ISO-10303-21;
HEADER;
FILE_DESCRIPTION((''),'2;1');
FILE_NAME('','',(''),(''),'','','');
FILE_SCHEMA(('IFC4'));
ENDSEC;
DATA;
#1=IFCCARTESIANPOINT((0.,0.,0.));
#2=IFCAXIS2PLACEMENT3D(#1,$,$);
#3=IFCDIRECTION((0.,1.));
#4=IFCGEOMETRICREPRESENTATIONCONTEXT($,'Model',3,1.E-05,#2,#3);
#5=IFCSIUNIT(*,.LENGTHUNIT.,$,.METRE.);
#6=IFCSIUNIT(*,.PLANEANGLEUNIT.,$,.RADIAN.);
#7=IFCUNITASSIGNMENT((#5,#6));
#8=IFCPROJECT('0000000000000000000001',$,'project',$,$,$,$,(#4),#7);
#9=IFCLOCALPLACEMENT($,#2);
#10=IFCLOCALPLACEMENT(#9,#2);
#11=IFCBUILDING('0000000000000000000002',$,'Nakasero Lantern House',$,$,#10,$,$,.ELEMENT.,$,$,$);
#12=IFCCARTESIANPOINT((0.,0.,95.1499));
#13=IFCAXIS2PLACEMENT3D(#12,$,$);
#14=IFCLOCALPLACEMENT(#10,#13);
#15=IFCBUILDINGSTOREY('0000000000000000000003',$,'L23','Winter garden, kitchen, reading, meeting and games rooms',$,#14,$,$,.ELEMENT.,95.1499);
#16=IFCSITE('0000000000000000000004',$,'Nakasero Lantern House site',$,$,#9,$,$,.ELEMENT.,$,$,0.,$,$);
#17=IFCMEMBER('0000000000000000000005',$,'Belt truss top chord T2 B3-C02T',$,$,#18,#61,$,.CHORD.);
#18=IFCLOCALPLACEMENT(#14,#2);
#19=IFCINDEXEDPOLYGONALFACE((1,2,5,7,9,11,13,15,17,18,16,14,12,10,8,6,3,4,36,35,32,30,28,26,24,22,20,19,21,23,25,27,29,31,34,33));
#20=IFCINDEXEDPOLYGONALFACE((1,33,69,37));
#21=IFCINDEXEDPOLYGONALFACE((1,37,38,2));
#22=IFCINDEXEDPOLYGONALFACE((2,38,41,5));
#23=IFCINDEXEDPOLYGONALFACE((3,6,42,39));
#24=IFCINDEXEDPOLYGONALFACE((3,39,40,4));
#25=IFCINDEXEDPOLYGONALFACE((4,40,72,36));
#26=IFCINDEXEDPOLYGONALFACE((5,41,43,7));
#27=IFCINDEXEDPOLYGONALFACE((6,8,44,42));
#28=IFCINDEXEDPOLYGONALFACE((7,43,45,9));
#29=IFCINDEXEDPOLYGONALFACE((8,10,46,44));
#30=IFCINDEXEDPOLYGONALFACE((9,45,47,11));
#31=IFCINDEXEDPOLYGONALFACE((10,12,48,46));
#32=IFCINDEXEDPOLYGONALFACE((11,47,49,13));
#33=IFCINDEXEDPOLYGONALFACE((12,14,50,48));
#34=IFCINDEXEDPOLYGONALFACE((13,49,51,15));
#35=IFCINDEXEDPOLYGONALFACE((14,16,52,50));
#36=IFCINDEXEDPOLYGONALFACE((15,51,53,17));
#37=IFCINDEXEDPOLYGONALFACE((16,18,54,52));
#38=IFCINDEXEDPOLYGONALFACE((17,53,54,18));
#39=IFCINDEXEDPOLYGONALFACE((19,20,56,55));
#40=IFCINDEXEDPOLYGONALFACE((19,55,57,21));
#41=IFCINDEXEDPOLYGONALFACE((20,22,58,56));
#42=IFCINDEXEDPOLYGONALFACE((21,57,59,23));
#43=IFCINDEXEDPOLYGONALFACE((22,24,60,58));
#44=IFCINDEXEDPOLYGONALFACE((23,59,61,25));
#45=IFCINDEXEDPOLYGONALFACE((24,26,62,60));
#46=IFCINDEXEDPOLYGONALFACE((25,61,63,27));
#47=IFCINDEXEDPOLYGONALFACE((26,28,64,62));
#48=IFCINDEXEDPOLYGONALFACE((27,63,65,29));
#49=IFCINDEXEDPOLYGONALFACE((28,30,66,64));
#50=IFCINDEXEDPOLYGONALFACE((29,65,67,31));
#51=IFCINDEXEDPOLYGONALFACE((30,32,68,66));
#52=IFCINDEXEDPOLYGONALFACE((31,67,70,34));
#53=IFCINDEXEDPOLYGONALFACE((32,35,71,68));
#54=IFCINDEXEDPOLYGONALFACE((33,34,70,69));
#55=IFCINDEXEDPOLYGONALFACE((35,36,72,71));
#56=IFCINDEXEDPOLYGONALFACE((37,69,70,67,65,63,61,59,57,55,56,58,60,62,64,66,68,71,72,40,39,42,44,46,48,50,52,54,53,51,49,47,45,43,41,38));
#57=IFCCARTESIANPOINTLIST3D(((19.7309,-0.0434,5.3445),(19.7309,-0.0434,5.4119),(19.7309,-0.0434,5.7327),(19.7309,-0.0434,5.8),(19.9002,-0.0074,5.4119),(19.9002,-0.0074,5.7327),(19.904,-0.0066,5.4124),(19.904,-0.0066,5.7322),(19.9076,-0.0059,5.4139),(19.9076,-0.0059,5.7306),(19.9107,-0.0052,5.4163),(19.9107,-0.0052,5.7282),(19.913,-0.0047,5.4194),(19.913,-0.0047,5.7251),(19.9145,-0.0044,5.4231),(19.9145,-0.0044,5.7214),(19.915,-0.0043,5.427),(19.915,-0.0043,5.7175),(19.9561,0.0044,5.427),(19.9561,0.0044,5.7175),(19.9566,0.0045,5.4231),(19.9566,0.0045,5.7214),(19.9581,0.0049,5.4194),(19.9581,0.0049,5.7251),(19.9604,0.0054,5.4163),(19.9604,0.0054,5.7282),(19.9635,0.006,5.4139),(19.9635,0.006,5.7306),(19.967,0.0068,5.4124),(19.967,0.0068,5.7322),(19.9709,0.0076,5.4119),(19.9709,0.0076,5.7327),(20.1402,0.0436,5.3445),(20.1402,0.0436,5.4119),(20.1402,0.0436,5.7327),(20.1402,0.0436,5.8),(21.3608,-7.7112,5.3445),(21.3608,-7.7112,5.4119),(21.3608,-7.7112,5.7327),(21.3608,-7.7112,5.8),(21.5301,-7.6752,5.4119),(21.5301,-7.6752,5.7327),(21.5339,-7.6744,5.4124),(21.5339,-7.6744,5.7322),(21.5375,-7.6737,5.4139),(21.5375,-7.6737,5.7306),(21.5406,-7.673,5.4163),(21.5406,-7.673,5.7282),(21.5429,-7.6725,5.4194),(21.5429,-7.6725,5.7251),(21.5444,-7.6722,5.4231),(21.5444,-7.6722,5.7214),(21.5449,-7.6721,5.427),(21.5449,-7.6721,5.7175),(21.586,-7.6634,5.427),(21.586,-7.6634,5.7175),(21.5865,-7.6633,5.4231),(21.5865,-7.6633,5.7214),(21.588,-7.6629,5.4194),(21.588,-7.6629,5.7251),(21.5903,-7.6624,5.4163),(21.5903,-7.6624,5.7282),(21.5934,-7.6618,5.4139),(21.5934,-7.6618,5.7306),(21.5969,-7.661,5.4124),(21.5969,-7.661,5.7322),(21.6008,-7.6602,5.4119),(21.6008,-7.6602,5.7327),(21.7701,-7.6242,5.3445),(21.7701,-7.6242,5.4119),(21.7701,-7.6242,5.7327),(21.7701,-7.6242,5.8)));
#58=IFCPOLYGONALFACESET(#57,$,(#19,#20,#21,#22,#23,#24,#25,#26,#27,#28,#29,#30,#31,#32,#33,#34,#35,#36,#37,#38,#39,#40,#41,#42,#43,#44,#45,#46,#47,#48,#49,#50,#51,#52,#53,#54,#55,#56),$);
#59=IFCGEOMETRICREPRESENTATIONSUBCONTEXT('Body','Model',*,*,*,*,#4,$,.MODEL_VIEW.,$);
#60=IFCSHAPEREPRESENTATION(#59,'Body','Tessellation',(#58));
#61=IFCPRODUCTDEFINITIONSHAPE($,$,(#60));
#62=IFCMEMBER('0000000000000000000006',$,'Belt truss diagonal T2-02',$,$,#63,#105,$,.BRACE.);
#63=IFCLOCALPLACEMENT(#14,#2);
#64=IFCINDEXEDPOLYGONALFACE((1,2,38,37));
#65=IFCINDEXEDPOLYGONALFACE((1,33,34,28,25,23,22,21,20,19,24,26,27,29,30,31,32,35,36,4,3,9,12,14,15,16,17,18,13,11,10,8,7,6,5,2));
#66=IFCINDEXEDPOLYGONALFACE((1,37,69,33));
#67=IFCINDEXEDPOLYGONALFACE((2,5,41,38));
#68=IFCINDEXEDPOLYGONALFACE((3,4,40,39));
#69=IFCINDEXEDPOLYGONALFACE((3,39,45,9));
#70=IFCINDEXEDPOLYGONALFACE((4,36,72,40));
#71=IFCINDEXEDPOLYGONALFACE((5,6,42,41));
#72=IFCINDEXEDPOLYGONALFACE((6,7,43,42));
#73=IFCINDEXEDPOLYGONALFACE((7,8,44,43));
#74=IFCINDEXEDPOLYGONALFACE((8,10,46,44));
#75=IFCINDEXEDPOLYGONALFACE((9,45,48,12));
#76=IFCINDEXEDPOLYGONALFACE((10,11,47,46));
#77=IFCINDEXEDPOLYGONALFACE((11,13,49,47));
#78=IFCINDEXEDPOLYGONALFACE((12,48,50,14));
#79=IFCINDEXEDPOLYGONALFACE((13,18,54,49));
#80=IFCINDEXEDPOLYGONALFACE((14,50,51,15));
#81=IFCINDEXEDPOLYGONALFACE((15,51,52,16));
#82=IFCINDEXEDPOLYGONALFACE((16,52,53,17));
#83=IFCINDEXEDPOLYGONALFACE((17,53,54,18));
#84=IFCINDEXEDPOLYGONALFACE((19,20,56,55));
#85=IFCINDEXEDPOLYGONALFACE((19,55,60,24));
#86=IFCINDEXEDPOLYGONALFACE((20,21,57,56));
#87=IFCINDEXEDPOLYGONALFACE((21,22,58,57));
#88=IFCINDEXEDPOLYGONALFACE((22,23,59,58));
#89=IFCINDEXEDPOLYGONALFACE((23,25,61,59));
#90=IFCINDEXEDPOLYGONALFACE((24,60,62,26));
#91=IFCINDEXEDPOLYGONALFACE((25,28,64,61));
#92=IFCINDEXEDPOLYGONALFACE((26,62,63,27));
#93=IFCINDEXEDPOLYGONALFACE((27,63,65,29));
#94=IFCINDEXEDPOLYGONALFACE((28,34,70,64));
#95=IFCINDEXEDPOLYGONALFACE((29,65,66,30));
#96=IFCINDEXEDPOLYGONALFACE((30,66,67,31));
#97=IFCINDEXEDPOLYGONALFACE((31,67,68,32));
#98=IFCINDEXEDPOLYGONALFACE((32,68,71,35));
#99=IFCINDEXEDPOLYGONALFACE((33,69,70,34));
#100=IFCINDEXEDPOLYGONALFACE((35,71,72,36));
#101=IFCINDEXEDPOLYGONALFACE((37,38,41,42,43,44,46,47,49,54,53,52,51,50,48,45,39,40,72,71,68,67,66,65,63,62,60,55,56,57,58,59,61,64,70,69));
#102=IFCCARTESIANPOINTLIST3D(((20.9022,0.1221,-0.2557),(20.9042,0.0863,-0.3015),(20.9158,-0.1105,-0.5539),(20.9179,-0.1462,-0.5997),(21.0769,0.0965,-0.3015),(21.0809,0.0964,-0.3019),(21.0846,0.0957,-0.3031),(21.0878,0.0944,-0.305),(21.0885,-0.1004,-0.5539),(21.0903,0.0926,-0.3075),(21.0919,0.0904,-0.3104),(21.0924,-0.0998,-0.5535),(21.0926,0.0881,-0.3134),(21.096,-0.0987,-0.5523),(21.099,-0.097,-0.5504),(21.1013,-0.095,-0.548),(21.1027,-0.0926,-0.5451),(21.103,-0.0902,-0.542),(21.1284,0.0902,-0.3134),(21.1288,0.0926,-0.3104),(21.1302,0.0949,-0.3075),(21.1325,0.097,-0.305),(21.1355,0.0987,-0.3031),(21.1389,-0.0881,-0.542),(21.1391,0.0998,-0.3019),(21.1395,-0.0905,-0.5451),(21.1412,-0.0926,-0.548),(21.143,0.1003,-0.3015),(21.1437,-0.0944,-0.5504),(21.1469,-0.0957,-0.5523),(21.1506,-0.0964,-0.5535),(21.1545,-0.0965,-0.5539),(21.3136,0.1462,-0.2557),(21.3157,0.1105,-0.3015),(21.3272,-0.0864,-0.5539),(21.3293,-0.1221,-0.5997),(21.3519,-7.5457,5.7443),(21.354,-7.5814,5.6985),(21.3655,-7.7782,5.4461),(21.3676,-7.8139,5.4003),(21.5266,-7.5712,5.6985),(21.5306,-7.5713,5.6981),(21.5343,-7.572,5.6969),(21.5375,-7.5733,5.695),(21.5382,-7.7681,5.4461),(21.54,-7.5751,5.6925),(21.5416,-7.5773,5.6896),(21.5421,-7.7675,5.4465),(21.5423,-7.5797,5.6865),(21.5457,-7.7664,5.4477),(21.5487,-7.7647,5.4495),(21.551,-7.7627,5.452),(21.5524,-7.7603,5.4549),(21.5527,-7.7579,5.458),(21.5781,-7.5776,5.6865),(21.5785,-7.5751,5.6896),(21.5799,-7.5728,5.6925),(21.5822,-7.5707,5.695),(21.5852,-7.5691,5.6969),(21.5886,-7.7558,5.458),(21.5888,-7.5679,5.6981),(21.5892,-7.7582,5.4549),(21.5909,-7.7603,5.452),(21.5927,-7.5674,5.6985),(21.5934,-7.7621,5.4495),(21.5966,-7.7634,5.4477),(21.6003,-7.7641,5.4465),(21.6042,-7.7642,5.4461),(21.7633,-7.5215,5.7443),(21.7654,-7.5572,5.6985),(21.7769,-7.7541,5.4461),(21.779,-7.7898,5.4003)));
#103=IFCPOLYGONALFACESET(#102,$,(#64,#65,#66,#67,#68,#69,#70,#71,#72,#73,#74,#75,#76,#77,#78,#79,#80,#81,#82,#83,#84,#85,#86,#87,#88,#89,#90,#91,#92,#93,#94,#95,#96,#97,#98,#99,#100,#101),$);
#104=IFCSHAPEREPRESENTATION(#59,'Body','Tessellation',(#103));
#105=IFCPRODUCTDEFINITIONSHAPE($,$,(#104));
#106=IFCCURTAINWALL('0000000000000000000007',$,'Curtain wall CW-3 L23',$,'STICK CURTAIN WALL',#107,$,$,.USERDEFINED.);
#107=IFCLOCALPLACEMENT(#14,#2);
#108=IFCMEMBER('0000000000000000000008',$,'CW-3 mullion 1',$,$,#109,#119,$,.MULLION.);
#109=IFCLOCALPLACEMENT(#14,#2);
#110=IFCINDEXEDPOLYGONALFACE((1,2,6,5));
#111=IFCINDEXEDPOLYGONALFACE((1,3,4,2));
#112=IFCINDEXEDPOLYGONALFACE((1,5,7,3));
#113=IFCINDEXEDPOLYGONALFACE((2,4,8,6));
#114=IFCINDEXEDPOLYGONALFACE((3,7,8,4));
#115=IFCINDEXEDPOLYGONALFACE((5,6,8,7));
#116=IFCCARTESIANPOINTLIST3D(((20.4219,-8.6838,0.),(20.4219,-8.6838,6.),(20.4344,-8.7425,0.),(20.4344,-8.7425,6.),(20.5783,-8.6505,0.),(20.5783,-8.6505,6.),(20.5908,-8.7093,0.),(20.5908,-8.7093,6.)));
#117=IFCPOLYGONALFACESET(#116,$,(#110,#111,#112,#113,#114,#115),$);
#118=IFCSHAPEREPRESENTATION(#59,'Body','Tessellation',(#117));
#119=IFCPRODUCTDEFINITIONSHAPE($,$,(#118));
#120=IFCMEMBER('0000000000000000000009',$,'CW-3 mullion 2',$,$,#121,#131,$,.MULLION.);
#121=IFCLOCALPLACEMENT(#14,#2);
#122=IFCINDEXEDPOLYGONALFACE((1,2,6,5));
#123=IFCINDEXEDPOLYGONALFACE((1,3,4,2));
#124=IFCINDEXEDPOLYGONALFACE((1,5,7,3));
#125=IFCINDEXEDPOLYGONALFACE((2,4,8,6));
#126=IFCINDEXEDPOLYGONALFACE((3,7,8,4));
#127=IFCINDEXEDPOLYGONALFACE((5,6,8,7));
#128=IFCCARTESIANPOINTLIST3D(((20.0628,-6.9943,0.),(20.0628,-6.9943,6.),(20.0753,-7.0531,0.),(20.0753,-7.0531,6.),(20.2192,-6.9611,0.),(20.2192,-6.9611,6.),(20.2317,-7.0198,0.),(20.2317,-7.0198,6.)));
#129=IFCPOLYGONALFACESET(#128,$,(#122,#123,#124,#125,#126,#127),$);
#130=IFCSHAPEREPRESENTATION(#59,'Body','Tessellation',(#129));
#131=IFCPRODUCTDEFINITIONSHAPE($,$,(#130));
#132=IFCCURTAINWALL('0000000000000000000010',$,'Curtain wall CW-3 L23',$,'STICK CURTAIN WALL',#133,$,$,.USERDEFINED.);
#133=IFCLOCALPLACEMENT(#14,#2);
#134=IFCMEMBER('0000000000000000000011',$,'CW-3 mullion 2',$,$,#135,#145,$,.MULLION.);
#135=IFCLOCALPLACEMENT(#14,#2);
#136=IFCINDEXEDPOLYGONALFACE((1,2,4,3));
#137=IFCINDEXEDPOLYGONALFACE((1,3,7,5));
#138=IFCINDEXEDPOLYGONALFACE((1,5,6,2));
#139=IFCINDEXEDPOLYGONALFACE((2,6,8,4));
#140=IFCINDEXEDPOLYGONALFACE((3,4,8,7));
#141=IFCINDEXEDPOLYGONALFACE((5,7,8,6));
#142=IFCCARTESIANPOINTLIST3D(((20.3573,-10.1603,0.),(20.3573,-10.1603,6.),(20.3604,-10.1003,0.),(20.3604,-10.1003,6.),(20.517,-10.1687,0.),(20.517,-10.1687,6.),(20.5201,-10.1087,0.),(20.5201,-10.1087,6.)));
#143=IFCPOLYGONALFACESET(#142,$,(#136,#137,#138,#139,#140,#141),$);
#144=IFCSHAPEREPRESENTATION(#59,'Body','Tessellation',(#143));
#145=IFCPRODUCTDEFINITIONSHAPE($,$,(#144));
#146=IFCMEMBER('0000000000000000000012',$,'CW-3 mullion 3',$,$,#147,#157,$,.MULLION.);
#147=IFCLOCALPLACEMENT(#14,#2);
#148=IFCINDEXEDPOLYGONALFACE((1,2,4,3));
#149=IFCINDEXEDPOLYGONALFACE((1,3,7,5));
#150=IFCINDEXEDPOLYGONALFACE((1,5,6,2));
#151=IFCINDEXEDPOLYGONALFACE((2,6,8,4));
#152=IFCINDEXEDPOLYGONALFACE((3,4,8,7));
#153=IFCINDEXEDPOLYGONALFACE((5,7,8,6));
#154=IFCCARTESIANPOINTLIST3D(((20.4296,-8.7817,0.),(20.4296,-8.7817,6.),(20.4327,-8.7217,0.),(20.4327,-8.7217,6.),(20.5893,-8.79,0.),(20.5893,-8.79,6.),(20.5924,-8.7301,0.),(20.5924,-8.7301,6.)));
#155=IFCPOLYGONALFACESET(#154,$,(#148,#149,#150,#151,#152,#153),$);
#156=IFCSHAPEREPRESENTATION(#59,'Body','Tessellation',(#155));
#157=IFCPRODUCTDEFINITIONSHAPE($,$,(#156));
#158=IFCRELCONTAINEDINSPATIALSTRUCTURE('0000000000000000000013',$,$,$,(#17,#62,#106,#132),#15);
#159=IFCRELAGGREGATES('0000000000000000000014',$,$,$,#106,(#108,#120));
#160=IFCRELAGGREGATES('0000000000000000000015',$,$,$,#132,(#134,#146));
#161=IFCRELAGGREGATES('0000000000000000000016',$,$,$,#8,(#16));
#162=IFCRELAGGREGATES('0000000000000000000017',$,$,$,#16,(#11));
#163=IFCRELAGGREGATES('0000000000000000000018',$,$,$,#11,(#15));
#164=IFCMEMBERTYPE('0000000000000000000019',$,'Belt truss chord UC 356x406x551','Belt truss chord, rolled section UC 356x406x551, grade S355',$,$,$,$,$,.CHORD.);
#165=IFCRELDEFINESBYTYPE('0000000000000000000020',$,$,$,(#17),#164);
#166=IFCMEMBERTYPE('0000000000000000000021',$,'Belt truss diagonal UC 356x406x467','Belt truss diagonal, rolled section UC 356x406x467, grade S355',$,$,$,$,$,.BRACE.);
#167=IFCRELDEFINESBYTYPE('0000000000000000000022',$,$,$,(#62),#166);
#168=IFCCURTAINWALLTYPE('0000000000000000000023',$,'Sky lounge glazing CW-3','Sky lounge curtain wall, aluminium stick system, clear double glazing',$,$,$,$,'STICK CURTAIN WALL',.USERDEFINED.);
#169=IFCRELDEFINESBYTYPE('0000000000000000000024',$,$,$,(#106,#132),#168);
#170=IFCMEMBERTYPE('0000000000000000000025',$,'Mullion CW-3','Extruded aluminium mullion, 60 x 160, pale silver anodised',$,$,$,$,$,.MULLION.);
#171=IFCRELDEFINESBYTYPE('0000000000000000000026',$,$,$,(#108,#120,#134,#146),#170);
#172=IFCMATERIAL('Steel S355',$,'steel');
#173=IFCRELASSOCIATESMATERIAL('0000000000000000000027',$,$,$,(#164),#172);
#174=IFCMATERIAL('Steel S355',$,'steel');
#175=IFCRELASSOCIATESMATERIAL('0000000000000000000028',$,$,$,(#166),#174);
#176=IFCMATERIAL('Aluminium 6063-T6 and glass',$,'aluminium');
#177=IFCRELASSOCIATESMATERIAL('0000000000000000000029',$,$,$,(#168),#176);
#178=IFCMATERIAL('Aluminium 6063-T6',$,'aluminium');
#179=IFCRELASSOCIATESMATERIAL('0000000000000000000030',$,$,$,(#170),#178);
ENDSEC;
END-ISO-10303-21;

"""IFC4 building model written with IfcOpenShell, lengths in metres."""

from ifc_helpers import new_model, si_unit, direction, frame, origin, origin_2d, place, context, subcontext, project, spatial, rectangle, i_section, extrude, material, material_profile, profile_set, type_object, element, aggregate, save


model = new_model("IFC4")

# Units and contexts
model_context = context("Model", 3, precision=1e-05, world=origin(), true_north=direction((0.0, 1.0)))
body_context = subcontext(model_context, "Body", "Model", "MODEL_VIEW")
ifc_project = project(units=[si_unit("LENGTHUNIT", "METRE"), si_unit("PLANEANGLEUNIT", "RADIAN")], contexts=[model_context])

# Site, building, storey
site_placement = place(None, origin())
site = spatial("IfcSite", under=ifc_project, at=site_placement, Name="Nakasero Lantern House site", CompositionType="ELEMENT", RefElevation=0.0)
building_placement = place(site_placement, origin())
building = spatial("IfcBuilding", under=site, at=building_placement, Name="Nakasero Lantern House", CompositionType="ELEMENT")
storey_placement = place(building_placement, frame((0.0, 0.0, 95.1499)))
storey = spatial("IfcBuildingStorey", under=building, at=storey_placement, Name="L23", Description="Winter garden, kitchen, reading, meeting and games rooms", CompositionType="ELEMENT", Elevation=95.1499)

# Members
ifc_material_1 = material(Name="Steel S355", Category="steel")
ifc_material_profile_1 = material_profile(ifc_material_1, i_section(OverallWidth=0.4185, OverallDepth=0.4556, WebThickness=0.042, FlangeThickness=0.0674, FilletRadius=0.0151, at=origin_2d()), Name="UC 356x406x551")
ifc_profile_set_1 = profile_set([ifc_material_profile_1], Name="Steel S355")
member_type_1 = type_object("IfcMemberType", Name="Belt truss chord UC 356x406x551", Description="Belt truss chord, rolled section UC 356x406x551, grade S355", PredefinedType="CHORD", material=ifc_profile_set_1)
member_1_placement = place(storey_placement, frame((21.5654, -7.6677, 5.5723), z_axis=(-0.207919, 0.978146, 0.0), x_axis=(-0.978146, -0.207919, 0.0)))
element("IfcMember", 1, at=member_1_placement, inside=storey, type_object=member_type_1, Name="Belt truss top chord T2 B3-C02T", PredefinedType="CHORD", context=body_context, shape_type="SweptSolid", body=[
    extrude(i_section(OverallWidth=0.4185, OverallDepth=0.4556, WebThickness=0.042, FlangeThickness=0.0674, FilletRadius=0.0151, at=origin_2d()), origin(), (0.0, 0.0, 1.0), 7.8391),
])
ifc_material_2 = material(Name="Steel S355", Category="steel")
ifc_material_profile_2 = material_profile(ifc_material_2, i_section(OverallWidth=0.4121, OverallDepth=0.4365, WebThickness=0.0359, FlangeThickness=0.0581, FilletRadius=0.0151, at=origin_2d()), Name="UC 356x406x467")
ifc_profile_set_2 = profile_set([ifc_material_profile_2], Name="Steel S355")
member_type_2 = type_object("IfcMemberType", Name="Belt truss diagonal UC 356x406x467", Description="Belt truss diagonal, rolled section UC 356x406x467, grade S355", PredefinedType="BRACE", material=ifc_profile_set_2)
member_2_placement = place(storey_placement, frame((21.5654, -7.6677, 5.5723), z_axis=(-0.04614, 0.786708, -0.615599), x_axis=(-0.998285, -0.058549, 0.0)))
element("IfcMember", 2, at=member_2_placement, inside=storey, type_object=member_type_2, Name="Belt truss diagonal T2-02", PredefinedType="BRACE", context=body_context, shape_type="SweptSolid", body=[
    extrude(i_section(OverallWidth=0.4121, OverallDepth=0.4365, WebThickness=0.0359, FlangeThickness=0.0581, FilletRadius=0.0151, at=origin_2d()), origin(), (0.0, 0.0, 1.0), 9.7466),
])

# Curtain walls, members
ifc_material_3 = material(Name="Aluminium 6063-T6 and glass", Category="aluminium")
curtain_wall_type = type_object("IfcCurtainWallType", Name="Sky lounge glazing CW-3", Description="Sky lounge curtain wall, aluminium stick system, clear double glazing", ElementType="STICK CURTAIN WALL", PredefinedType="USERDEFINED", material=ifc_material_3)
curtain_wall_1_placement = place(storey_placement, origin())
curtain_wall_1 = element("IfcCurtainWall", 3, at=curtain_wall_1_placement, inside=storey, type_object=curtain_wall_type, Name="Curtain wall CW-3 L23", ObjectType="STICK CURTAIN WALL", PredefinedType="USERDEFINED")
ifc_material_4 = material(Name="Aluminium 6063-T6", Category="aluminium")
ifc_material_profile_3 = material_profile(ifc_material_4, rectangle(XDim=0.0601, YDim=0.1599, at=origin_2d()), Name="CW-3 mullion 60x160")
ifc_profile_set_3 = profile_set([ifc_material_profile_3], Name="Aluminium 6063-T6")
member_type_3 = type_object("IfcMemberType", Name="Mullion CW-3", Description="Extruded aluminium mullion, 60 x 160, pale silver anodised", PredefinedType="MULLION", material=ifc_profile_set_3)
member_3_placement = place(storey_placement, frame((20.5063, -8.6965, 0.0), z_axis=(0.0, 0.0, 1.0), x_axis=(-0.207912, 0.978148, 0.0)))
member_3 = element("IfcMember", 4, at=member_3_placement, type_object=member_type_3, Name="CW-3 mullion 1", PredefinedType="MULLION", context=body_context, shape_type="SweptSolid", body=[
    extrude(rectangle(XDim=0.0601, YDim=0.1599, at=origin_2d()), origin(), (0.0, 0.0, 1.0), 6.0),
])
member_4_placement = place(storey_placement, frame((20.1472, -7.0071, 0.0), z_axis=(0.0, 0.0, 1.0), x_axis=(-0.207912, 0.978148, 0.0)))
member_4 = element("IfcMember", 5, at=member_4_placement, type_object=member_type_3, Name="CW-3 mullion 2", PredefinedType="MULLION", context=body_context, shape_type="SweptSolid", body=[
    extrude(rectangle(XDim=0.0601, YDim=0.1599, at=origin_2d()), origin(), (0.0, 0.0, 1.0), 6.0),
])
curtain_wall_2_placement = place(storey_placement, origin())
curtain_wall_2 = element("IfcCurtainWall", 6, at=curtain_wall_2_placement, inside=storey, type_object=curtain_wall_type, Name="Curtain wall CW-3 L23", ObjectType="STICK CURTAIN WALL", PredefinedType="USERDEFINED")
member_5_placement = place(storey_placement, frame((20.4387, -10.1345, 0.0), z_axis=(0.0, 0.0, 1.0), x_axis=(0.052336, 0.99863, 0.0)))
member_5 = element("IfcMember", 7, at=member_5_placement, type_object=member_type_3, Name="CW-3 mullion 2", PredefinedType="MULLION", context=body_context, shape_type="SweptSolid", body=[
    extrude(rectangle(XDim=0.0601, YDim=0.1599, at=origin_2d()), origin(), (0.0, 0.0, 1.0), 6.0),
])
member_6_placement = place(storey_placement, frame((20.511, -8.7559, 0.0), z_axis=(0.0, 0.0, 1.0), x_axis=(0.052336, 0.99863, 0.0)))
member_6 = element("IfcMember", 8, at=member_6_placement, type_object=member_type_3, Name="CW-3 mullion 3", PredefinedType="MULLION", context=body_context, shape_type="SweptSolid", body=[
    extrude(rectangle(XDim=0.0601, YDim=0.1599, at=origin_2d()), origin(), (0.0, 0.0, 1.0), 6.0),
])

aggregate(curtain_wall_1, [member_3, member_4])
aggregate(curtain_wall_2, [member_5, member_6])

save(model, "model.ifc")
